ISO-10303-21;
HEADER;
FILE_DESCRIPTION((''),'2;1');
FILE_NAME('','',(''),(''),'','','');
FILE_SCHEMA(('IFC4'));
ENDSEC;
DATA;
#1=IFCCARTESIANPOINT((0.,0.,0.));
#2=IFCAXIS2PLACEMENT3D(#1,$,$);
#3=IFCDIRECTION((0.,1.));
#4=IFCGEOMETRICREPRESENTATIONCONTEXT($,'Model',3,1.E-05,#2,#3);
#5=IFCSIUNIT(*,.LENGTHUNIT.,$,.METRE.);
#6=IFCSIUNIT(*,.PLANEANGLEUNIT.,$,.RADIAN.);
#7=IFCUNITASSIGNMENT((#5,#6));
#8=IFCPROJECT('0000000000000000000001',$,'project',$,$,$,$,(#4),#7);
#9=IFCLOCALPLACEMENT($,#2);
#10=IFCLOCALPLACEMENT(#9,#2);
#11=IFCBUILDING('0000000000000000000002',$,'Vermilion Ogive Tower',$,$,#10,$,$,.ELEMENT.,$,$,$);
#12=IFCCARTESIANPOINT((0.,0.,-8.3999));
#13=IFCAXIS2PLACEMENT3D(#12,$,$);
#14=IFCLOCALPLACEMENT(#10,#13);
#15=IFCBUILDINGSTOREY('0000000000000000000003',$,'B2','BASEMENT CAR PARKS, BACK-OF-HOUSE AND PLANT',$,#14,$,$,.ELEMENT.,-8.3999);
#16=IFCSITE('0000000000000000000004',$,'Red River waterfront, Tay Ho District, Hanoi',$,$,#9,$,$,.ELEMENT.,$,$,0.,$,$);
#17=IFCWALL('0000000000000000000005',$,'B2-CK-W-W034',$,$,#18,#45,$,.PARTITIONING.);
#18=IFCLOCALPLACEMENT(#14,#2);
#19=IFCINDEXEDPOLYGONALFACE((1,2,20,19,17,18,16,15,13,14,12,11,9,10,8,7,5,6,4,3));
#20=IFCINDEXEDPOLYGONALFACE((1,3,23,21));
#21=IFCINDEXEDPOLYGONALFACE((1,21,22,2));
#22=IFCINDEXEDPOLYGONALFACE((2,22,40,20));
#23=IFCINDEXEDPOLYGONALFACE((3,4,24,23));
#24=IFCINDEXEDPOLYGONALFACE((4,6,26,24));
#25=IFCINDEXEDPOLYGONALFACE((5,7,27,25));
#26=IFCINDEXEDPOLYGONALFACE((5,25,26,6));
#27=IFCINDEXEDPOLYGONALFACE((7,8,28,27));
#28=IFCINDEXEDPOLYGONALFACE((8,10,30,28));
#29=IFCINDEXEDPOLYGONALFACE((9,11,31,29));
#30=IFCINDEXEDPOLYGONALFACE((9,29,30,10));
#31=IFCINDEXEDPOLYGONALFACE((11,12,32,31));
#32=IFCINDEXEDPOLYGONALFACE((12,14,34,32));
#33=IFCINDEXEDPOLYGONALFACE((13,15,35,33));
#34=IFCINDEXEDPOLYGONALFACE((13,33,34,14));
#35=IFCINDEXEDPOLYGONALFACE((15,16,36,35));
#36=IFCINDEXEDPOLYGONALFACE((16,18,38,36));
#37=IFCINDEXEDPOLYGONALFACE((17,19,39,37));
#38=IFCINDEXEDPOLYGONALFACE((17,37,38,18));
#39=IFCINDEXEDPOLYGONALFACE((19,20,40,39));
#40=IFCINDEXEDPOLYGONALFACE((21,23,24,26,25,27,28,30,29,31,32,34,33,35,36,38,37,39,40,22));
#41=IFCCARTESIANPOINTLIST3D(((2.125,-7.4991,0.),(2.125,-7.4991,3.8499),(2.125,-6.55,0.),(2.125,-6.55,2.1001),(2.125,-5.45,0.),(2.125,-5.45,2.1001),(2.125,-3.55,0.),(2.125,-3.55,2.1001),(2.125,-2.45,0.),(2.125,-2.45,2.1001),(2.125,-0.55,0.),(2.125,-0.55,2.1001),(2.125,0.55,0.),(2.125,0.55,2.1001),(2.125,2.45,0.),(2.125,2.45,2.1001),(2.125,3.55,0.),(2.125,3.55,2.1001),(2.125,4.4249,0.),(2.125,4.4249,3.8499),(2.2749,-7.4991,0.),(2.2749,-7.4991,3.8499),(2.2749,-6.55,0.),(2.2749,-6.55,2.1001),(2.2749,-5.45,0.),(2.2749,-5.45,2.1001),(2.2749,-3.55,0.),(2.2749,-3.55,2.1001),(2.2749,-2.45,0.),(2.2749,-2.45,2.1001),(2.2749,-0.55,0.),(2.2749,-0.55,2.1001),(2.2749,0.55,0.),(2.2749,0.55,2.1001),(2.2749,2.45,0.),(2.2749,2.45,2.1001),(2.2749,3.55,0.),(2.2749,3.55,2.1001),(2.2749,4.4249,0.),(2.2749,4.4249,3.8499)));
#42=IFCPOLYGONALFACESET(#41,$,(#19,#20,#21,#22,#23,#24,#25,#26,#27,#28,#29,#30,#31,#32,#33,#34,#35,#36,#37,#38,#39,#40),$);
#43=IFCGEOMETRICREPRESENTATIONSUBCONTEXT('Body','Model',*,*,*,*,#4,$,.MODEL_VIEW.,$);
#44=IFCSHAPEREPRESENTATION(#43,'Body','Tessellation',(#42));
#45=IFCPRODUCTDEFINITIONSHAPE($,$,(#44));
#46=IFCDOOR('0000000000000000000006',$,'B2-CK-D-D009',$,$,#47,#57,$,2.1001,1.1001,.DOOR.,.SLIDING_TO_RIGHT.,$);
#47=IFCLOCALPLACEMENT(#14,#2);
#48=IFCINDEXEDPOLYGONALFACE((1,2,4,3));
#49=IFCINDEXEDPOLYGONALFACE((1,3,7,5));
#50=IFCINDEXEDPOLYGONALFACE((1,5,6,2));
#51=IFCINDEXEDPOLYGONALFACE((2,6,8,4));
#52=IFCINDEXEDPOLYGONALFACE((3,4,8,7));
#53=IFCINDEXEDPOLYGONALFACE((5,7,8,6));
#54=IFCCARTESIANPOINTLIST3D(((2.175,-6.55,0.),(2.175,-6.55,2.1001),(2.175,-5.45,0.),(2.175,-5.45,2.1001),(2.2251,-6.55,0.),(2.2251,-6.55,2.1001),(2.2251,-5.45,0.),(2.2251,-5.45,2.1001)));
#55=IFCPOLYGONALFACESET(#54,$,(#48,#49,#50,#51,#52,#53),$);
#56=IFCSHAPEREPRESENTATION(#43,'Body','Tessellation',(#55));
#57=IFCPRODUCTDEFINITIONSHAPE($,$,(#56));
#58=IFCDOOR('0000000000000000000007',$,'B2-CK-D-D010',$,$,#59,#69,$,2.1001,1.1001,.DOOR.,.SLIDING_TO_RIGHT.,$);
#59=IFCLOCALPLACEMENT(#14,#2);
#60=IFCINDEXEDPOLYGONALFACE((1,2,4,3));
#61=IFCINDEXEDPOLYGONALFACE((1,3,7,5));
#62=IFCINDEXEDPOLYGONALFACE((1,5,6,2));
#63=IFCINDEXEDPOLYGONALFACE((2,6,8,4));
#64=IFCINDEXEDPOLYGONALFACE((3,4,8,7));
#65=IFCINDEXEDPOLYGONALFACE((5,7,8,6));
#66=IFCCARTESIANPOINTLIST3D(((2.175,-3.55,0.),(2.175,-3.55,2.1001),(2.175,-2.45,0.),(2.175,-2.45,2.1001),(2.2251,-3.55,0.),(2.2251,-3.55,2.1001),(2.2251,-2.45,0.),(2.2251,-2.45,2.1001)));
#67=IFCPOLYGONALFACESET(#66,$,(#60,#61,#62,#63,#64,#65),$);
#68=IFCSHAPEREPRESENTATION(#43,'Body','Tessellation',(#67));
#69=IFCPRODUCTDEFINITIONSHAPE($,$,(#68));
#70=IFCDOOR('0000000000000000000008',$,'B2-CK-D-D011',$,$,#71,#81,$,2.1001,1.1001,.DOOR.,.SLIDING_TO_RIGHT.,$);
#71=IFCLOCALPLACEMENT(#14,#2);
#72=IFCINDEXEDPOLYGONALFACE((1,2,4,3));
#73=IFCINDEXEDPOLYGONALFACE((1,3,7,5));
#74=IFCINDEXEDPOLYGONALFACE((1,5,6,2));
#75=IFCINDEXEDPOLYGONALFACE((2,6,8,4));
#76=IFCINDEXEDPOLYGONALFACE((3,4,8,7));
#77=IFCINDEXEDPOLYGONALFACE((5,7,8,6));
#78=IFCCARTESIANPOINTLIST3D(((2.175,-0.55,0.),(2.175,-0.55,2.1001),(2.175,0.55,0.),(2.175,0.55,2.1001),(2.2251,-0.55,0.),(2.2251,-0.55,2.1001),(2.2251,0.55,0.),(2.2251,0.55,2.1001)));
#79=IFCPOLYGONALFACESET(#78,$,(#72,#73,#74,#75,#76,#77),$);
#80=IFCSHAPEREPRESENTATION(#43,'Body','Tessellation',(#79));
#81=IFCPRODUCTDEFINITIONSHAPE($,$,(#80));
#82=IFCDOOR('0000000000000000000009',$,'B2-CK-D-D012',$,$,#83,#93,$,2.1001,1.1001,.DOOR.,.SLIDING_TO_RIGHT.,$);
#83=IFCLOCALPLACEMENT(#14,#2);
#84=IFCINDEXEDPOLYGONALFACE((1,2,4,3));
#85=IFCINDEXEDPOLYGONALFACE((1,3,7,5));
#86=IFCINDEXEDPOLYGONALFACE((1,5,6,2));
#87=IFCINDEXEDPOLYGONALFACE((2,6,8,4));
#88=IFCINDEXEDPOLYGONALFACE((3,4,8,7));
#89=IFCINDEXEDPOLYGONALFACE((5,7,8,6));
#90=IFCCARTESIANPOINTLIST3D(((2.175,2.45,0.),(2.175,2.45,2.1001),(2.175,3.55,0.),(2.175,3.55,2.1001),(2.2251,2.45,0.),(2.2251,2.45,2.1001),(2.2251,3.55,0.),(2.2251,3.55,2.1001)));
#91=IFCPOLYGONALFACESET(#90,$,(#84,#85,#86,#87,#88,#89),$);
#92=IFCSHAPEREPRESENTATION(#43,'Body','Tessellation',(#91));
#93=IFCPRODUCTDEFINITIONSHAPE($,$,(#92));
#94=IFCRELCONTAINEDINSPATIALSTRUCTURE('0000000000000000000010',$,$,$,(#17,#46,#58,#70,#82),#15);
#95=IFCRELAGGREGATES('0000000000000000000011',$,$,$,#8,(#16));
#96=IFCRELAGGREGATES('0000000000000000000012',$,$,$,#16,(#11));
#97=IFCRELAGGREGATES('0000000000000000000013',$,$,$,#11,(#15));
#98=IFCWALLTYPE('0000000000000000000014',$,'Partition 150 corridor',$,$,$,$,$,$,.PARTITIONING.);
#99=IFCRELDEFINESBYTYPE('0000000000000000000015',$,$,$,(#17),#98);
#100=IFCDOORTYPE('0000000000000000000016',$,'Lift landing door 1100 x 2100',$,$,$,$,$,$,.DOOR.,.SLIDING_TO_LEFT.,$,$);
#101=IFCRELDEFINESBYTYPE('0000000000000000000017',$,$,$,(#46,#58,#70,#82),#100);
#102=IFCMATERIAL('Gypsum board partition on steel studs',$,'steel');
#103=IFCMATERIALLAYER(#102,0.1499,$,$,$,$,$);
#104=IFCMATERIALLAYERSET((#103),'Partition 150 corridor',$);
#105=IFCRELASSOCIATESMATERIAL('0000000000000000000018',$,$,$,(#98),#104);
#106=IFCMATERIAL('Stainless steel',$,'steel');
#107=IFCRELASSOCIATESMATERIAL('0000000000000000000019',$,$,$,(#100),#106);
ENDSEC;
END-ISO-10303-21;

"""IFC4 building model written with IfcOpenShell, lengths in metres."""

from ifc_helpers import new_model, si_unit, direction, frame, frame_2d, origin, place, context, subcontext, project, spatial, rectangle, extrude, material, layer, layer_set, type_object, element, fill, save


model = new_model("IFC4")

# Units and contexts
model_context = context("Model", 3, precision=1e-05, world=origin(), true_north=direction((0.0, 1.0)))
body_context = subcontext(model_context, "Body", "Model", "MODEL_VIEW")
ifc_project = project(units=[si_unit("LENGTHUNIT", "METRE"), si_unit("PLANEANGLEUNIT", "RADIAN")], contexts=[model_context])

# Site, building, storey
site_placement = place(None, origin())
site = spatial("IfcSite", under=ifc_project, at=site_placement, Name="Red River waterfront, Tay Ho District, Hanoi", CompositionType="ELEMENT", RefElevation=0.0)
building_placement = place(site_placement, origin())
building = spatial("IfcBuilding", under=site, at=building_placement, Name="Vermilion Ogive Tower", CompositionType="ELEMENT")
storey_placement = place(building_placement, frame((0.0, 0.0, -8.3999)))
storey = spatial("IfcBuildingStorey", under=building, at=storey_placement, Name="B2", Description="BASEMENT CAR PARKS, BACK-OF-HOUSE AND PLANT", CompositionType="ELEMENT", Elevation=-8.3999)

# Wall, openings, doors
ifc_material_1 = material(Name="Gypsum board partition on steel studs", Category="steel")
ifc_layer_1 = layer(ifc_material_1, 0.1499)
ifc_layer_set_1 = layer_set([ifc_layer_1], Name="Partition 150 corridor")
wall_type_1 = type_object("IfcWallType", Name="Partition 150 corridor", PredefinedType="PARTITIONING", material=ifc_layer_set_1)
wall_1_placement = place(storey_placement, frame((2.2, -7.499, 0.0), z_axis=(0.0, 0.0, 1.0), x_axis=(0.0, 1.0, 0.0)))
wall_1 = element("IfcWall", 1, at=wall_1_placement, inside=storey, type_object=wall_type_1, Name="B2-CK-W-W034", PredefinedType="PARTITIONING", context=body_context, shape_type="SweptSolid", body=[
    extrude(rectangle(XDim=11.9241, YDim=0.1499, at=frame_2d((5.9619, 0.0))), origin(), (0.0, 0.0, 1.0), 3.8499),
])
opening_1_placement = place(wall_1_placement, frame((0.949, 0.0, 0.0)))
opening_1 = element("IfcOpeningElement", 2, at=opening_1_placement, cuts=wall_1, PredefinedType="OPENING", context=body_context, shape_type="SweptSolid", body=[
    extrude(rectangle(XDim=1.1001, YDim=2.1001, at=frame_2d((0.55, 1.05))), frame((0.0, 0.085, 0.0), z_axis=(0.0, -1.0, 0.0), x_axis=(1.0, 0.0, 0.0)), (0.0, 0.0, 1.0), 0.1699),
])
opening_2_placement = place(wall_1_placement, frame((3.949, 0.0, 0.0)))
opening_2 = element("IfcOpeningElement", 3, at=opening_2_placement, cuts=wall_1, PredefinedType="OPENING", context=body_context, shape_type="SweptSolid", body=[
    extrude(rectangle(XDim=1.1001, YDim=2.1001, at=frame_2d((0.55, 1.05))), frame((0.0, 0.085, 0.0), z_axis=(0.0, -1.0, 0.0), x_axis=(1.0, 0.0, 0.0)), (0.0, 0.0, 1.0), 0.1699),
])
opening_3_placement = place(wall_1_placement, frame((6.949, 0.0, 0.0)))
opening_3 = element("IfcOpeningElement", 4, at=opening_3_placement, cuts=wall_1, PredefinedType="OPENING", context=body_context, shape_type="SweptSolid", body=[
    extrude(rectangle(XDim=1.1001, YDim=2.1001, at=frame_2d((0.55, 1.05))), frame((0.0, 0.085, 0.0), z_axis=(0.0, -1.0, 0.0), x_axis=(1.0, 0.0, 0.0)), (0.0, 0.0, 1.0), 0.1699),
])
opening_4_placement = place(wall_1_placement, frame((9.949, 0.0, 0.0)))
opening_4 = element("IfcOpeningElement", 5, at=opening_4_placement, cuts=wall_1, PredefinedType="OPENING", context=body_context, shape_type="SweptSolid", body=[
    extrude(rectangle(XDim=1.1001, YDim=2.1001, at=frame_2d((0.55, 1.05))), frame((0.0, 0.085, 0.0), z_axis=(0.0, -1.0, 0.0), x_axis=(1.0, 0.0, 0.0)), (0.0, 0.0, 1.0), 0.1699),
])
ifc_material_2 = material(Name="Stainless steel", Category="steel")
door_type = type_object("IfcDoorType", Name="Lift landing door 1100 x 2100", OperationType="SLIDING_TO_LEFT", PredefinedType="DOOR", material=ifc_material_2)
door_1_placement = place(opening_1_placement, origin())
door_1 = element("IfcDoor", 6, at=door_1_placement, inside=storey, type_object=door_type, Name="B2-CK-D-D009", OperationType="SLIDING_TO_RIGHT", OverallHeight=2.1001, OverallWidth=1.1001, PredefinedType="DOOR", context=body_context, shape_type="SweptSolid", body=[
    extrude(rectangle(XDim=1.1001, YDim=2.1001, at=frame_2d((0.55, 1.05))), frame((0.0, 0.0249, 0.0), z_axis=(0.0, -1.0, 0.0), x_axis=(1.0, 0.0, 0.0)), (0.0, 0.0, 1.0), 0.05),
])
fill(opening_1, door_1)
door_2_placement = place(opening_2_placement, origin())
door_2 = element("IfcDoor", 7, at=door_2_placement, inside=storey, type_object=door_type, Name="B2-CK-D-D010", OperationType="SLIDING_TO_RIGHT", OverallHeight=2.1001, OverallWidth=1.1001, PredefinedType="DOOR", context=body_context, shape_type="SweptSolid", body=[
    extrude(rectangle(XDim=1.1001, YDim=2.1001, at=frame_2d((0.55, 1.05))), frame((0.0, 0.0249, 0.0), z_axis=(0.0, -1.0, 0.0), x_axis=(1.0, 0.0, 0.0)), (0.0, 0.0, 1.0), 0.05),
])
fill(opening_2, door_2)
door_3_placement = place(opening_3_placement, origin())
door_3 = element("IfcDoor", 8, at=door_3_placement, inside=storey, type_object=door_type, Name="B2-CK-D-D011", OperationType="SLIDING_TO_RIGHT", OverallHeight=2.1001, OverallWidth=1.1001, PredefinedType="DOOR", context=body_context, shape_type="SweptSolid", body=[
    extrude(rectangle(XDim=1.1001, YDim=2.1001, at=frame_2d((0.55, 1.05))), frame((0.0, 0.0249, 0.0), z_axis=(0.0, -1.0, 0.0), x_axis=(1.0, 0.0, 0.0)), (0.0, 0.0, 1.0), 0.05),
])
fill(opening_3, door_3)
door_4_placement = place(opening_4_placement, origin())
door_4 = element("IfcDoor", 9, at=door_4_placement, inside=storey, type_object=door_type, Name="B2-CK-D-D012", OperationType="SLIDING_TO_RIGHT", OverallHeight=2.1001, OverallWidth=1.1001, PredefinedType="DOOR", context=body_context, shape_type="SweptSolid", body=[
    extrude(rectangle(XDim=1.1001, YDim=2.1001, at=frame_2d((0.55, 1.05))), frame((0.0, 0.0249, 0.0), z_axis=(0.0, -1.0, 0.0), x_axis=(1.0, 0.0, 0.0)), (0.0, 0.0, 1.0), 0.05),
])
fill(opening_4, door_4)

save(model, "model.ifc")
